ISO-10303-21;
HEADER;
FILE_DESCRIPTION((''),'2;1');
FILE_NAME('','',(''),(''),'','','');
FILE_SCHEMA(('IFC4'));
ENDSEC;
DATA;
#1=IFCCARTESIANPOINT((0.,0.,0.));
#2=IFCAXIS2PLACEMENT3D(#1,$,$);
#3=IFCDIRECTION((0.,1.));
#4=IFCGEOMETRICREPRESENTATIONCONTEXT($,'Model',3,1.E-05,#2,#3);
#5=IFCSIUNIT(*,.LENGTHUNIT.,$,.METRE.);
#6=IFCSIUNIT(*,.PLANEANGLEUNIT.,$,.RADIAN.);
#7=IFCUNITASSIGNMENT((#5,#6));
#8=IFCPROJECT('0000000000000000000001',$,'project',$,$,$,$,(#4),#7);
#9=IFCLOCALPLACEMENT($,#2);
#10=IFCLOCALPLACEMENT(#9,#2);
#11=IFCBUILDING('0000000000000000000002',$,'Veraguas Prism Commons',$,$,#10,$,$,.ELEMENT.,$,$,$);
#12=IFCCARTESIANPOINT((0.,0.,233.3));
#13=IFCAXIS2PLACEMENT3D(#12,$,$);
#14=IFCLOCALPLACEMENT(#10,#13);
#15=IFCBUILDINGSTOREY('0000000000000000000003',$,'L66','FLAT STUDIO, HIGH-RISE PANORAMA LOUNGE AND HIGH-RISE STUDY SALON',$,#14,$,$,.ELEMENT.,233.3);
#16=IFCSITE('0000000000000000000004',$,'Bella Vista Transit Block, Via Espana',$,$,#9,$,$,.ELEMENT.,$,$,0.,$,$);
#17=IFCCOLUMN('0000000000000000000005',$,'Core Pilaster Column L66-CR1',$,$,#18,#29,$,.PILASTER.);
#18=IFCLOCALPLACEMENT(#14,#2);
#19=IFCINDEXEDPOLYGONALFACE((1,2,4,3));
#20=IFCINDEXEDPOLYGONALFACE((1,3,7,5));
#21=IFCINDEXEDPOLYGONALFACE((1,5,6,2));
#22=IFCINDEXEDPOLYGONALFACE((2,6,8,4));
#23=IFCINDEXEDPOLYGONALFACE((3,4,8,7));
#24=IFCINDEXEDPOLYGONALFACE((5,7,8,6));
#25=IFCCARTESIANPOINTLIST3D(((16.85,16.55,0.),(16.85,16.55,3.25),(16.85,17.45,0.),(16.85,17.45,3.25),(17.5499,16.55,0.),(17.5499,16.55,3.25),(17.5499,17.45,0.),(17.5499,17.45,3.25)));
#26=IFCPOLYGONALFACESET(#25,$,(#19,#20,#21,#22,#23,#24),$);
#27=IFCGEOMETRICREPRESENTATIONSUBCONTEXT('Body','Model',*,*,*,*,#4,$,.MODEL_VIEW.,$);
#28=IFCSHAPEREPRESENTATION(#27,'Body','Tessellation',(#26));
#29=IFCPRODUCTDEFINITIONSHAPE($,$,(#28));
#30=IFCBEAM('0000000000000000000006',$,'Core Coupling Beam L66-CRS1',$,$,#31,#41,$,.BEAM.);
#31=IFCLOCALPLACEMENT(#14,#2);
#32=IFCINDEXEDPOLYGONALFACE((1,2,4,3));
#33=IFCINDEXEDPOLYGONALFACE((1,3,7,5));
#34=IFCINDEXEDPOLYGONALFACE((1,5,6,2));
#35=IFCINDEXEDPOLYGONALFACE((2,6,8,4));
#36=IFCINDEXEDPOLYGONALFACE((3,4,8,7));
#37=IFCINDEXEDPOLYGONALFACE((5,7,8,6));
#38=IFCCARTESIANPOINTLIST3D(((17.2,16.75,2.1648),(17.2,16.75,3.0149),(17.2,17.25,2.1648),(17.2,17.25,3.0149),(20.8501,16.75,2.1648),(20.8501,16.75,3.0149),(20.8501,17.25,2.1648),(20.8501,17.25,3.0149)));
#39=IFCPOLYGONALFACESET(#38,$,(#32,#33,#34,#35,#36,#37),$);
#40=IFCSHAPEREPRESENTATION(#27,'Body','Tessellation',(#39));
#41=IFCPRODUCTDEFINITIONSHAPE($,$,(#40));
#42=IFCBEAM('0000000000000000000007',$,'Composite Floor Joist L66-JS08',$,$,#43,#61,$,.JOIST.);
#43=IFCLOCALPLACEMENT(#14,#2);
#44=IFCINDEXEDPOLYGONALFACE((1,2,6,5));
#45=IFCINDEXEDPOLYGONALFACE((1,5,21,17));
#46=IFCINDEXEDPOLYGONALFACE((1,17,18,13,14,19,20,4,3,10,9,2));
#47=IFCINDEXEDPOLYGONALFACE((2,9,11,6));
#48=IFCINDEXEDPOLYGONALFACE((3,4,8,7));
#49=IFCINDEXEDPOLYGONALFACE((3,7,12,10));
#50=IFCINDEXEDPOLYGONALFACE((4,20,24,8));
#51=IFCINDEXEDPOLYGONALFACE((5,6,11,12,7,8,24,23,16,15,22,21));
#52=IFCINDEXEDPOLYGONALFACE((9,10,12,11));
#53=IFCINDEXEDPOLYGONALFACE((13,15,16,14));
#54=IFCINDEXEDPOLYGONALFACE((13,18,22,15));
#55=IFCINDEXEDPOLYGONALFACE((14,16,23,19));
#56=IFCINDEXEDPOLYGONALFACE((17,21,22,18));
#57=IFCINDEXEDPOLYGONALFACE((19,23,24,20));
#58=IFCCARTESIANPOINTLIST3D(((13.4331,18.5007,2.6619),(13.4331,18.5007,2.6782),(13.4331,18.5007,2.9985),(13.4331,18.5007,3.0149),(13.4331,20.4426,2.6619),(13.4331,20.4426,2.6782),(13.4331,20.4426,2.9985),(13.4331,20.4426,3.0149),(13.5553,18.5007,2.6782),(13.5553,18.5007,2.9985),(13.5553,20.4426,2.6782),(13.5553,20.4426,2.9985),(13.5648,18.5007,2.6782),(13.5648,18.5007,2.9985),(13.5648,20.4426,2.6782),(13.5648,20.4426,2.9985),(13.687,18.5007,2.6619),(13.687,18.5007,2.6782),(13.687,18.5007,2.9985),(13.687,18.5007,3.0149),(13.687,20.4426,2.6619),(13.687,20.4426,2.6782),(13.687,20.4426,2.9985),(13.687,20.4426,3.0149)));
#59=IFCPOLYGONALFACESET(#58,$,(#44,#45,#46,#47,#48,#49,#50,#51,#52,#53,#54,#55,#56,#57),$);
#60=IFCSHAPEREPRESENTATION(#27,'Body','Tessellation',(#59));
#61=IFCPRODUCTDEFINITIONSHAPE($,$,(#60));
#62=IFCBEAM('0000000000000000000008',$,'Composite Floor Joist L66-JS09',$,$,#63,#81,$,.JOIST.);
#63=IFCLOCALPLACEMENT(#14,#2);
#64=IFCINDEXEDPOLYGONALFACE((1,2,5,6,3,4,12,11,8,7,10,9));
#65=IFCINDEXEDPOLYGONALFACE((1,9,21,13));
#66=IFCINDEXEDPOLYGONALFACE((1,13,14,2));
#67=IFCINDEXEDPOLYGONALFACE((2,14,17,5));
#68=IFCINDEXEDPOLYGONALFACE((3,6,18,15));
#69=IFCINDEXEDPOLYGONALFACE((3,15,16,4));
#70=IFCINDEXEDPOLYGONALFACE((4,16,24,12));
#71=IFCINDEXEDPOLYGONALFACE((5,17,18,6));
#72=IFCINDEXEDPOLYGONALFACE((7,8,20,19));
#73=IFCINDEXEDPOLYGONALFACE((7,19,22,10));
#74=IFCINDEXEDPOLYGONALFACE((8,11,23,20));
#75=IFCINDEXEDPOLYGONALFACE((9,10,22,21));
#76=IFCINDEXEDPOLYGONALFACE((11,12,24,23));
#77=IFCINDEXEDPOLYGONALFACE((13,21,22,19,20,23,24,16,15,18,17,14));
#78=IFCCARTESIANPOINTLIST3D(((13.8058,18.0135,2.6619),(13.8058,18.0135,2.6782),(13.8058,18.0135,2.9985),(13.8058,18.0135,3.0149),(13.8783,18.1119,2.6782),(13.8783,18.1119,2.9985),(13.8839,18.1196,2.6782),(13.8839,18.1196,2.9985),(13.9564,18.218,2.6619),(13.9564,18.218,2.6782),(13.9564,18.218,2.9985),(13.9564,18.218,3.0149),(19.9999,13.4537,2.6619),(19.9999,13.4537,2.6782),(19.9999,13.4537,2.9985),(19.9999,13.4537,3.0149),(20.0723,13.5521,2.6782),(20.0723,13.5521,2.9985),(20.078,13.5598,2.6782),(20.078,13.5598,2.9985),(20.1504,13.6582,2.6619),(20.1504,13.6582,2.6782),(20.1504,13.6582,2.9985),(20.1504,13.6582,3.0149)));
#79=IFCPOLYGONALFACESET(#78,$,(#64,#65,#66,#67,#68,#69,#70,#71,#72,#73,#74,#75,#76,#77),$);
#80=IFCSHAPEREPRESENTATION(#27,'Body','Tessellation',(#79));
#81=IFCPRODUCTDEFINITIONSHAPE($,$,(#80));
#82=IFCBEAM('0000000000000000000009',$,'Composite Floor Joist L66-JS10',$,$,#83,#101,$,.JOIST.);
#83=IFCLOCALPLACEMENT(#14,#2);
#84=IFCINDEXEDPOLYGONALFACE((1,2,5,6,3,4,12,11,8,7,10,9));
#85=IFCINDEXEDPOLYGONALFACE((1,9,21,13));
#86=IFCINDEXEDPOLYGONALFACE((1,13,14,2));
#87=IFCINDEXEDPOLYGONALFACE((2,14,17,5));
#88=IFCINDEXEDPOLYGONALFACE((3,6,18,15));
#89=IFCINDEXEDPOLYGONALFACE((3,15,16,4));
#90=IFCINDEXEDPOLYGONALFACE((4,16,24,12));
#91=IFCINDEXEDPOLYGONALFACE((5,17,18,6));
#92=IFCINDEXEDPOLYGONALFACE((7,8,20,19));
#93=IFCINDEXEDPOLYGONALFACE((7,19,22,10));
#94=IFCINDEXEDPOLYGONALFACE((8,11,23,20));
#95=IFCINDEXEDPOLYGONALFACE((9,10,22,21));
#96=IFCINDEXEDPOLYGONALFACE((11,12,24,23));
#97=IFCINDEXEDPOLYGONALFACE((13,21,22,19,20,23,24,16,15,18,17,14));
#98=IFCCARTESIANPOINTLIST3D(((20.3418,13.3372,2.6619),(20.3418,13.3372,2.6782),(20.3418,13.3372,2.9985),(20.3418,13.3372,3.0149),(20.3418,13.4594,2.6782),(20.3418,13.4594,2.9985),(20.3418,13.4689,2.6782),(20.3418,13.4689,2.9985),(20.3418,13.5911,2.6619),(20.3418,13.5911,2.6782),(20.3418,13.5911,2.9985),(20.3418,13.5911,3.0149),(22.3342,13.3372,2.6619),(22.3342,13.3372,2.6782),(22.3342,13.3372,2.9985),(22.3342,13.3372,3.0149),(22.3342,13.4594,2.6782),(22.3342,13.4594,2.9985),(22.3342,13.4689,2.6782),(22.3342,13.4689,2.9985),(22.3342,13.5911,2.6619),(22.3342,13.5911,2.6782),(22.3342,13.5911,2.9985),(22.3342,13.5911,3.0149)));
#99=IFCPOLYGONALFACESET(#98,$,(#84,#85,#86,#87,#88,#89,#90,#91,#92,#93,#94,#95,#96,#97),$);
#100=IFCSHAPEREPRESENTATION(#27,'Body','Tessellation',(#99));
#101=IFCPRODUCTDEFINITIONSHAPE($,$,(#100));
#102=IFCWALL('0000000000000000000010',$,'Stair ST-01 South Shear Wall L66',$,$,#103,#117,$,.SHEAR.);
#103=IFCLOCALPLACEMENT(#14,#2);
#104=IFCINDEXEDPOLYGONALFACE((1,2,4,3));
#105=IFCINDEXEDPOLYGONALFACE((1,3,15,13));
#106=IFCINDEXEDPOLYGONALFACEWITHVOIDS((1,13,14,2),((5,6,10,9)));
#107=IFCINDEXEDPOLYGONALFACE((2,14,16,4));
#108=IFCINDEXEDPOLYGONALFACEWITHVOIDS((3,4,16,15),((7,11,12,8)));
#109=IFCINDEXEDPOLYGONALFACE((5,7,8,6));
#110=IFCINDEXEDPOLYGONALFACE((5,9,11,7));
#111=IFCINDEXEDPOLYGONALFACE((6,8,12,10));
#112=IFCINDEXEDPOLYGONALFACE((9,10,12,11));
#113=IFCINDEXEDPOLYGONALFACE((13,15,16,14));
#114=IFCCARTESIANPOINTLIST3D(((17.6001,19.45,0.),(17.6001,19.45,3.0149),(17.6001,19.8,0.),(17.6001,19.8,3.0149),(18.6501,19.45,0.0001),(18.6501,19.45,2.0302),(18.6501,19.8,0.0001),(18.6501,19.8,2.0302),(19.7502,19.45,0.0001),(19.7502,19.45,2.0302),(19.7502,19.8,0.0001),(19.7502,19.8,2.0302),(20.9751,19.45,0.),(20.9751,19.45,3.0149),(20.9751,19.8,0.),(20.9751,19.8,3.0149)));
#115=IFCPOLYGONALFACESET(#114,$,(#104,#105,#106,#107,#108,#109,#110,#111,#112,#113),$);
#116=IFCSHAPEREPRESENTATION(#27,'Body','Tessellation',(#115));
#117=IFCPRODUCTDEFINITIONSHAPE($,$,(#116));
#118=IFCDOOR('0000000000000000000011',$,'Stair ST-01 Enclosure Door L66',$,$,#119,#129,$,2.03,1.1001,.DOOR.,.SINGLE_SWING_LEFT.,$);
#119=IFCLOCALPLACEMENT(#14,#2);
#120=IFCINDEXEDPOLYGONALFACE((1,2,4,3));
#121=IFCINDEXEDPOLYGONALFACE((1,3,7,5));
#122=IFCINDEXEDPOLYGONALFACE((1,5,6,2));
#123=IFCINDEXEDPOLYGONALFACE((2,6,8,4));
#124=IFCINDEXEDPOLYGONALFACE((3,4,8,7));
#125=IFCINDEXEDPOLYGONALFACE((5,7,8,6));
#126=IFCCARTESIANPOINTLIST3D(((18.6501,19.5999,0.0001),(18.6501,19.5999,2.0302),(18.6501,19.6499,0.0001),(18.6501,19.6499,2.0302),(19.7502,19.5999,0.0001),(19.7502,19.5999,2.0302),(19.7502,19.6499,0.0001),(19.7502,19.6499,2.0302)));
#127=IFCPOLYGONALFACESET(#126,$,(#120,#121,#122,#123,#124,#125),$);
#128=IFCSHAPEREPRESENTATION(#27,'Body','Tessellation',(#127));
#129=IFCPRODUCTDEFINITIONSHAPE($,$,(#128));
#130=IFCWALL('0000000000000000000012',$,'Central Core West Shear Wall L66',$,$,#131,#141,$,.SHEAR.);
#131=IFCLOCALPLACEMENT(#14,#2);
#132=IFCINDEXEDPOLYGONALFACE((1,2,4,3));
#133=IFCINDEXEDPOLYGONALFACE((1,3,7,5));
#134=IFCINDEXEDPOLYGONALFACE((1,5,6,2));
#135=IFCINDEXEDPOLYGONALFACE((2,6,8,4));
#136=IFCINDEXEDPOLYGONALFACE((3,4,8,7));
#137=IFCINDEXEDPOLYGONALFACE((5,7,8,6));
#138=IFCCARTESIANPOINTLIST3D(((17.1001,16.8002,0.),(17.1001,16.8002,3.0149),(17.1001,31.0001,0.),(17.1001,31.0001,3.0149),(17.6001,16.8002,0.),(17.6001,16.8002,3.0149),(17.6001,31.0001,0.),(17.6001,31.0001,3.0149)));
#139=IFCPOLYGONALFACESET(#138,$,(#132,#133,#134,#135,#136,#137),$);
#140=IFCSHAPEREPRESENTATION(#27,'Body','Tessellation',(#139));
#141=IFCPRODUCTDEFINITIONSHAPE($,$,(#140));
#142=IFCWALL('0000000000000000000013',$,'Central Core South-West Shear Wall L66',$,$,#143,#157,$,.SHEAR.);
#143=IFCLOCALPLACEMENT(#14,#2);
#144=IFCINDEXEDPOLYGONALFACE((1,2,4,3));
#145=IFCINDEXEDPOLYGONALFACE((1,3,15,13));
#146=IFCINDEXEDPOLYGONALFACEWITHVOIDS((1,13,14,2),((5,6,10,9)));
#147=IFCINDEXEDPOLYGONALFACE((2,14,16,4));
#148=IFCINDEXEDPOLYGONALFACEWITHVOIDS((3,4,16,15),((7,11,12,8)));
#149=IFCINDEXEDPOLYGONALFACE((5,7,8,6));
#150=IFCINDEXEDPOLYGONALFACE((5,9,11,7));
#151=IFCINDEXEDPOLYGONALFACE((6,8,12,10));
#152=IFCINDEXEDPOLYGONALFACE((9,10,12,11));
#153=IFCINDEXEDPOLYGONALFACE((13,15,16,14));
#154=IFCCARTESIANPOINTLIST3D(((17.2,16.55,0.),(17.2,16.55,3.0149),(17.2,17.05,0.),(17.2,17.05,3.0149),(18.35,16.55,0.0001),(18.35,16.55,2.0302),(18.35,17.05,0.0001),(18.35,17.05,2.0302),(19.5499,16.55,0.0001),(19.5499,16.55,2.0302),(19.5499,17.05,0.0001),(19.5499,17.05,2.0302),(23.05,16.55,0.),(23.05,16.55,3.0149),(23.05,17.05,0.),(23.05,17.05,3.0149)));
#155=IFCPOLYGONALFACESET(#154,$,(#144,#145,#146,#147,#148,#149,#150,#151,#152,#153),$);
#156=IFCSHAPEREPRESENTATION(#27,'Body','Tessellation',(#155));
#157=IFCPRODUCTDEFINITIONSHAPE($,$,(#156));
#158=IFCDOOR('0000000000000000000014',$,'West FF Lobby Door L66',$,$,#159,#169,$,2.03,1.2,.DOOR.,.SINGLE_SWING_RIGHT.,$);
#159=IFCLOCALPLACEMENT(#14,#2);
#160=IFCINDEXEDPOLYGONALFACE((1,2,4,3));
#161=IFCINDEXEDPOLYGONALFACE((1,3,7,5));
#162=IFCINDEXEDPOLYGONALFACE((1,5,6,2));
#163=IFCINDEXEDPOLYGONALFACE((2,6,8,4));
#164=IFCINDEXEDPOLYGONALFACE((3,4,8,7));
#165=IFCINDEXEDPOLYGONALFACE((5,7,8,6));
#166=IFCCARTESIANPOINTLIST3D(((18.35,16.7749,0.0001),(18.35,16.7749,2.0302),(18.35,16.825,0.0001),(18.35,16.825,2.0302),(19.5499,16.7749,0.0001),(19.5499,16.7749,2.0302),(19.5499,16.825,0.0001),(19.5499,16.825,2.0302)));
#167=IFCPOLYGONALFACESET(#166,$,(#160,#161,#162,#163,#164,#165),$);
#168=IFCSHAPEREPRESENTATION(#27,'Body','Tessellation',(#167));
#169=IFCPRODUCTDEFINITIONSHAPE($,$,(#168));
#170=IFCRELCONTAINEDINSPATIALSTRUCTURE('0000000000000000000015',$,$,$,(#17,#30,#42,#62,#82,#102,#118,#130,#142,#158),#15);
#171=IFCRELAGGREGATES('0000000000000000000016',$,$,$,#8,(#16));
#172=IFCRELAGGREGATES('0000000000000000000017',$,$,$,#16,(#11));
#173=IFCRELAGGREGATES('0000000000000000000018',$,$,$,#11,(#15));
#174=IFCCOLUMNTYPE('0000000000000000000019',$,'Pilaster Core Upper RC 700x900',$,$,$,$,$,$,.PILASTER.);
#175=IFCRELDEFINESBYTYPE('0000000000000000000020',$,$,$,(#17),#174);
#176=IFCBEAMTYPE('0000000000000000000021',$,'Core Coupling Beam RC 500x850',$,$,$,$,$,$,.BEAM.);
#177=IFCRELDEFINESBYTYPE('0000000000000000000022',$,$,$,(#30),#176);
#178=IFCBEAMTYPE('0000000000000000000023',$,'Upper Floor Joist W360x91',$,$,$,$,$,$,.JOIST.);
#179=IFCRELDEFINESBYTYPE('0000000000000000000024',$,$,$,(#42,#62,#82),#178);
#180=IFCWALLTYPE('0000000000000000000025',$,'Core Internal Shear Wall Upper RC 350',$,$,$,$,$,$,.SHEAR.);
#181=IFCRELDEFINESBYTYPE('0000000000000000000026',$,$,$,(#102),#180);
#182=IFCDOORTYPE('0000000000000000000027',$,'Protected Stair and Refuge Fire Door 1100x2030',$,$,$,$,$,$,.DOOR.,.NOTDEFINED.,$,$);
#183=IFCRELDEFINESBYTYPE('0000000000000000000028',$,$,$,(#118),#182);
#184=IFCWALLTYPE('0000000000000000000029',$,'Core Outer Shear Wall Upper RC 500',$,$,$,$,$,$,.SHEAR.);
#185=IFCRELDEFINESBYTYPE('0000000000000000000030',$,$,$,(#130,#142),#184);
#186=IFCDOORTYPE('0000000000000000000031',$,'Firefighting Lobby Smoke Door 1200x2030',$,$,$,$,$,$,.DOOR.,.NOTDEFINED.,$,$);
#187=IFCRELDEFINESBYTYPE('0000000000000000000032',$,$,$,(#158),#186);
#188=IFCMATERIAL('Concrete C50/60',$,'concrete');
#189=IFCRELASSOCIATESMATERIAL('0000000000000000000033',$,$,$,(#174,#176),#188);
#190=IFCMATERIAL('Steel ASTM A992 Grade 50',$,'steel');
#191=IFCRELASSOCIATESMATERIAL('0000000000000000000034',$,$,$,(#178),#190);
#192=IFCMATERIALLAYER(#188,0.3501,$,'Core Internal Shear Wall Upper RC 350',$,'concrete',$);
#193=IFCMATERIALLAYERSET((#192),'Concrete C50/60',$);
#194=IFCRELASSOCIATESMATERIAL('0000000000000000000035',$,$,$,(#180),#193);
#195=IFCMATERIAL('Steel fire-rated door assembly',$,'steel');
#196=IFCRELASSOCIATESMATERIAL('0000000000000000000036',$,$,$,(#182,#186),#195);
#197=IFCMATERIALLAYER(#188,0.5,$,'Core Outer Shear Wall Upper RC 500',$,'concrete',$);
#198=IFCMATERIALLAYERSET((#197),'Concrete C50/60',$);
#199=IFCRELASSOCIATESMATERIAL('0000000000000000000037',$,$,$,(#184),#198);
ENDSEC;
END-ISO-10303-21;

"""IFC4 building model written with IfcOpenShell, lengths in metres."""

from ifc_helpers import new_model, si_unit, direction, frame, frame_2d, origin, origin_2d, place, context, subcontext, project, spatial, rectangle, i_section, extrude, source, transform, mapped, material, layer, layer_set, material_profile, profile_set, type_object, element, fill, save


model = new_model("IFC4")

# Units and contexts
model_context = context("Model", 3, precision=1e-05, world=origin(), true_north=direction((0.0, 1.0)))
body_context = subcontext(model_context, "Body", "Model", "MODEL_VIEW")
ifc_project = project(units=[si_unit("LENGTHUNIT", "METRE"), si_unit("PLANEANGLEUNIT", "RADIAN")], contexts=[model_context])

# Site, building, storey
site_placement = place(None, origin())
site = spatial("IfcSite", under=ifc_project, at=site_placement, Name="Bella Vista Transit Block, Via Espana", CompositionType="ELEMENT", RefElevation=0.0)
building_placement = place(site_placement, origin())
building = spatial("IfcBuilding", under=site, at=building_placement, Name="Veraguas Prism Commons", CompositionType="ELEMENT")
storey_placement = place(building_placement, frame((0.0, 0.0, 233.3)))
storey = spatial("IfcBuildingStorey", under=building, at=storey_placement, Name="L66", Description="FLAT STUDIO, HIGH-RISE PANORAMA LOUNGE AND HIGH-RISE STUDY SALON", CompositionType="ELEMENT", Elevation=233.3)

# Column
ifc_material_1 = material(Name="Concrete C50/60", Category="concrete")
ifc_material_profile_1 = material_profile(ifc_material_1, rectangle(XDim=0.7, YDim=0.8999, at=origin_2d()), Name="RC700X900")
ifc_profile_set_1 = profile_set([ifc_material_profile_1], Name="Concrete C50/60")
column_type = type_object("IfcColumnType", Name="Pilaster Core Upper RC 700x900", PredefinedType="PILASTER", material=ifc_profile_set_1)
column_placement = place(storey_placement, frame((17.2, 17.0, 0.0), z_axis=(0.0, 0.0, 1.0), x_axis=(1.0, 0.0, 0.0)))
element("IfcColumn", 1, at=column_placement, inside=storey, type_object=column_type, Name="Core Pilaster Column L66-CR1", PredefinedType="PILASTER", context=body_context, shape_type="SweptSolid", body=[
    extrude(rectangle(XDim=0.7, YDim=0.8999, at=origin_2d()), origin(), (0.0, 0.0, 1.0), 3.25),
])

# Beams
ifc_material_profile_2 = material_profile(ifc_material_1, rectangle(XDim=0.5, YDim=0.8501, at=origin_2d()), Name="RC500X850")
ifc_profile_set_2 = profile_set([ifc_material_profile_2], Name="Concrete C50/60")
beam_type_1 = type_object("IfcBeamType", Name="Core Coupling Beam RC 500x850", PredefinedType="BEAM", material=ifc_profile_set_2)
beam_1_placement = place(storey_placement, frame((17.2, 17.0, 2.5898), z_axis=(1.0, 0.0, 0.0), x_axis=(0.0, 1.0, 0.0)))
element("IfcBeam", 2, at=beam_1_placement, inside=storey, type_object=beam_type_1, Name="Core Coupling Beam L66-CRS1", PredefinedType="BEAM", context=body_context, shape_type="SweptSolid", body=[
    extrude(rectangle(XDim=0.5, YDim=0.8501, at=origin_2d()), origin(), (0.0, 0.0, 1.0), 3.6501),
])
ifc_material_2 = material(Name="Steel ASTM A992 Grade 50", Category="steel")
ifc_material_profile_3 = material_profile(ifc_material_2, i_section(OverallWidth=0.2539, OverallDepth=0.353, WebThickness=0.0095, FlangeThickness=0.0164, at=origin_2d()), Name="W360X91")
ifc_profile_set_3 = profile_set([ifc_material_profile_3], Name="Steel ASTM A992 Grade 50")
beam_type_2 = type_object("IfcBeamType", Name="Upper Floor Joist W360x91", PredefinedType="JOIST", material=ifc_profile_set_3)
beam_2_placement = place(storey_placement, frame((13.5601, 20.4426, 2.8384), z_axis=(0.0, -1.0, 0.0), x_axis=(1.0, 0.0, 0.0)))
element("IfcBeam", 3, at=beam_2_placement, inside=storey, type_object=beam_type_2, Name="Composite Floor Joist L66-JS08", PredefinedType="JOIST", context=body_context, shape_type="SweptSolid", body=[
    extrude(i_section(OverallWidth=0.2539, OverallDepth=0.353, WebThickness=0.0095, FlangeThickness=0.0164, at=origin_2d()), origin(), (0.0, 0.0, 1.0), 1.9419),
])
beam_3_placement = place(storey_placement, frame((13.8811, 18.1157, 2.8384), z_axis=(0.80532, -0.592841, 0.0), x_axis=(0.592841, 0.80532, 0.0)))
element("IfcBeam", 4, at=beam_3_placement, inside=storey, type_object=beam_type_2, Name="Composite Floor Joist L66-JS09", PredefinedType="JOIST", context=body_context, shape_type="SweptSolid", body=[
    extrude(i_section(OverallWidth=0.2539, OverallDepth=0.353, WebThickness=0.0095, FlangeThickness=0.0164, at=origin_2d()), origin(), (0.0, 0.0, 1.0), 7.6914),
])
beam_4_placement = place(storey_placement, frame((20.3418, 13.4641, 2.8384), z_axis=(1.0, 0.0, 0.0), x_axis=(0.0, 1.0, 0.0)))
element("IfcBeam", 5, at=beam_4_placement, inside=storey, type_object=beam_type_2, Name="Composite Floor Joist L66-JS10", PredefinedType="JOIST", context=body_context, shape_type="SweptSolid", body=[
    extrude(i_section(OverallWidth=0.2539, OverallDepth=0.353, WebThickness=0.0095, FlangeThickness=0.0164, at=origin_2d()), origin(), (0.0, 0.0, 1.0), 1.9924),
])

# Wall, opening, door
ifc_layer_1 = layer(ifc_material_1, 0.3501, Name="Core Internal Shear Wall Upper RC 350", Category="concrete")
ifc_layer_set_1 = layer_set([ifc_layer_1], Name="Concrete C50/60")
wall_type_1 = type_object("IfcWallType", Name="Core Internal Shear Wall Upper RC 350", PredefinedType="SHEAR", material=ifc_layer_set_1)
wall_1_placement = place(storey_placement, frame((17.6001, 19.625, 0.0), z_axis=(0.0, 0.0, 1.0), x_axis=(1.0, 0.0, 0.0)))
wall_1 = element("IfcWall", 6, at=wall_1_placement, inside=storey, type_object=wall_type_1, Name="Stair ST-01 South Shear Wall L66", PredefinedType="SHEAR", context=body_context, shape_type="SweptSolid", body=[
    extrude(rectangle(XDim=3.375, YDim=0.3501, at=frame_2d((1.6875, 0.0))), origin(), (0.0, 0.0, 1.0), 3.0149),
])
opening_1_placement = place(wall_1_placement, frame((1.05, 0.0, 0.0)))
opening_1 = element("IfcOpeningElement", 7, at=opening_1_placement, cuts=wall_1, PredefinedType="OPENING", context=body_context, shape_type="SweptSolid", body=[
    extrude(rectangle(XDim=1.1001, YDim=2.03, at=frame_2d((0.55, 1.0151))), frame((0.0, 0.1851, 0.0), z_axis=(0.0, -1.0, 0.0), x_axis=(1.0, 0.0, 0.0)), (0.0, 0.0, 1.0), 0.3701),
])
ifc_material_3 = material(Name="Steel fire-rated door assembly", Category="steel")
door_type_1 = type_object("IfcDoorType", Name="Protected Stair and Refuge Fire Door 1100x2030", OperationType="NOTDEFINED", PredefinedType="DOOR", material=ifc_material_3)
shared_shape_1 = source(origin(), body_context, "Body", "SweptSolid", [
    extrude(rectangle(XDim=1.1001, YDim=2.03, at=frame_2d((0.55, 1.0151))), frame((0.0, 0.0249, 0.0), z_axis=(0.0, -1.0, 0.0), x_axis=(1.0, 0.0, 0.0)), (0.0, 0.0, 1.0), 0.05),
])
door_1_placement = place(opening_1_placement, origin())
door_1 = element("IfcDoor", 8, at=door_1_placement, inside=storey, type_object=door_type_1, Name="Stair ST-01 Enclosure Door L66", OperationType="SINGLE_SWING_LEFT", OverallHeight=2.03, OverallWidth=1.1001, PredefinedType="DOOR", context=body_context, shape_type="MappedRepresentation", body=[
    mapped(shared_shape_1, transform((0.0, 0.0, 0.0), scale=1.0)),
])
fill(opening_1, door_1)

# Wall
ifc_layer_2 = layer(ifc_material_1, 0.5, Name="Core Outer Shear Wall Upper RC 500", Category="concrete")
ifc_layer_set_2 = layer_set([ifc_layer_2], Name="Concrete C50/60")
wall_type_2 = type_object("IfcWallType", Name="Core Outer Shear Wall Upper RC 500", PredefinedType="SHEAR", material=ifc_layer_set_2)
wall_2_placement = place(storey_placement, frame((17.3501, 16.8, 0.0), z_axis=(0.0, 0.0, 1.0), x_axis=(0.0, 1.0, 0.0)))
element("IfcWall", 9, at=wall_2_placement, inside=storey, type_object=wall_type_2, Name="Central Core West Shear Wall L66", PredefinedType="SHEAR", context=body_context, shape_type="SweptSolid", body=[
    extrude(rectangle(XDim=14.2, YDim=0.5, at=frame_2d((7.1001, 0.0))), origin(), (0.0, 0.0, 1.0), 3.0149),
])

# Wall, opening, door
wall_3_placement = place(storey_placement, frame((17.2, 16.8, 0.0), z_axis=(0.0, 0.0, 1.0), x_axis=(1.0, 0.0, 0.0)))
wall_3 = element("IfcWall", 10, at=wall_3_placement, inside=storey, type_object=wall_type_2, Name="Central Core South-West Shear Wall L66", PredefinedType="SHEAR", context=body_context, shape_type="SweptSolid", body=[
    extrude(rectangle(XDim=5.8501, YDim=0.5, at=frame_2d((2.925, 0.0))), origin(), (0.0, 0.0, 1.0), 3.0149),
])
opening_2_placement = place(wall_3_placement, frame((1.1499, 0.0, 0.0)))
opening_2 = element("IfcOpeningElement", 11, at=opening_2_placement, cuts=wall_3, PredefinedType="OPENING", context=body_context, shape_type="SweptSolid", body=[
    extrude(rectangle(XDim=1.2, YDim=2.03, at=frame_2d((0.6001, 1.0151))), frame((0.0, 0.26, 0.0), z_axis=(0.0, -1.0, 0.0), x_axis=(1.0, 0.0, 0.0)), (0.0, 0.0, 1.0), 0.52),
])
door_type_2 = type_object("IfcDoorType", Name="Firefighting Lobby Smoke Door 1200x2030", OperationType="NOTDEFINED", PredefinedType="DOOR", material=ifc_material_3)
shared_shape_2 = source(origin(), body_context, "Body", "SweptSolid", [
    extrude(rectangle(XDim=1.2, YDim=2.03, at=frame_2d((0.6001, 1.0151))), frame((0.0, 0.0249, 0.0), z_axis=(0.0, -1.0, 0.0), x_axis=(1.0, 0.0, 0.0)), (0.0, 0.0, 1.0), 0.05),
])
door_2_placement = place(opening_2_placement, origin())
door_2 = element("IfcDoor", 12, at=door_2_placement, inside=storey, type_object=door_type_2, Name="West FF Lobby Door L66", OperationType="SINGLE_SWING_RIGHT", OverallHeight=2.03, OverallWidth=1.2, PredefinedType="DOOR", context=body_context, shape_type="MappedRepresentation", body=[
    mapped(shared_shape_2, transform((0.0, 0.0, 0.0), scale=1.0)),
])
fill(opening_2, door_2)

save(model, "model.ifc")
